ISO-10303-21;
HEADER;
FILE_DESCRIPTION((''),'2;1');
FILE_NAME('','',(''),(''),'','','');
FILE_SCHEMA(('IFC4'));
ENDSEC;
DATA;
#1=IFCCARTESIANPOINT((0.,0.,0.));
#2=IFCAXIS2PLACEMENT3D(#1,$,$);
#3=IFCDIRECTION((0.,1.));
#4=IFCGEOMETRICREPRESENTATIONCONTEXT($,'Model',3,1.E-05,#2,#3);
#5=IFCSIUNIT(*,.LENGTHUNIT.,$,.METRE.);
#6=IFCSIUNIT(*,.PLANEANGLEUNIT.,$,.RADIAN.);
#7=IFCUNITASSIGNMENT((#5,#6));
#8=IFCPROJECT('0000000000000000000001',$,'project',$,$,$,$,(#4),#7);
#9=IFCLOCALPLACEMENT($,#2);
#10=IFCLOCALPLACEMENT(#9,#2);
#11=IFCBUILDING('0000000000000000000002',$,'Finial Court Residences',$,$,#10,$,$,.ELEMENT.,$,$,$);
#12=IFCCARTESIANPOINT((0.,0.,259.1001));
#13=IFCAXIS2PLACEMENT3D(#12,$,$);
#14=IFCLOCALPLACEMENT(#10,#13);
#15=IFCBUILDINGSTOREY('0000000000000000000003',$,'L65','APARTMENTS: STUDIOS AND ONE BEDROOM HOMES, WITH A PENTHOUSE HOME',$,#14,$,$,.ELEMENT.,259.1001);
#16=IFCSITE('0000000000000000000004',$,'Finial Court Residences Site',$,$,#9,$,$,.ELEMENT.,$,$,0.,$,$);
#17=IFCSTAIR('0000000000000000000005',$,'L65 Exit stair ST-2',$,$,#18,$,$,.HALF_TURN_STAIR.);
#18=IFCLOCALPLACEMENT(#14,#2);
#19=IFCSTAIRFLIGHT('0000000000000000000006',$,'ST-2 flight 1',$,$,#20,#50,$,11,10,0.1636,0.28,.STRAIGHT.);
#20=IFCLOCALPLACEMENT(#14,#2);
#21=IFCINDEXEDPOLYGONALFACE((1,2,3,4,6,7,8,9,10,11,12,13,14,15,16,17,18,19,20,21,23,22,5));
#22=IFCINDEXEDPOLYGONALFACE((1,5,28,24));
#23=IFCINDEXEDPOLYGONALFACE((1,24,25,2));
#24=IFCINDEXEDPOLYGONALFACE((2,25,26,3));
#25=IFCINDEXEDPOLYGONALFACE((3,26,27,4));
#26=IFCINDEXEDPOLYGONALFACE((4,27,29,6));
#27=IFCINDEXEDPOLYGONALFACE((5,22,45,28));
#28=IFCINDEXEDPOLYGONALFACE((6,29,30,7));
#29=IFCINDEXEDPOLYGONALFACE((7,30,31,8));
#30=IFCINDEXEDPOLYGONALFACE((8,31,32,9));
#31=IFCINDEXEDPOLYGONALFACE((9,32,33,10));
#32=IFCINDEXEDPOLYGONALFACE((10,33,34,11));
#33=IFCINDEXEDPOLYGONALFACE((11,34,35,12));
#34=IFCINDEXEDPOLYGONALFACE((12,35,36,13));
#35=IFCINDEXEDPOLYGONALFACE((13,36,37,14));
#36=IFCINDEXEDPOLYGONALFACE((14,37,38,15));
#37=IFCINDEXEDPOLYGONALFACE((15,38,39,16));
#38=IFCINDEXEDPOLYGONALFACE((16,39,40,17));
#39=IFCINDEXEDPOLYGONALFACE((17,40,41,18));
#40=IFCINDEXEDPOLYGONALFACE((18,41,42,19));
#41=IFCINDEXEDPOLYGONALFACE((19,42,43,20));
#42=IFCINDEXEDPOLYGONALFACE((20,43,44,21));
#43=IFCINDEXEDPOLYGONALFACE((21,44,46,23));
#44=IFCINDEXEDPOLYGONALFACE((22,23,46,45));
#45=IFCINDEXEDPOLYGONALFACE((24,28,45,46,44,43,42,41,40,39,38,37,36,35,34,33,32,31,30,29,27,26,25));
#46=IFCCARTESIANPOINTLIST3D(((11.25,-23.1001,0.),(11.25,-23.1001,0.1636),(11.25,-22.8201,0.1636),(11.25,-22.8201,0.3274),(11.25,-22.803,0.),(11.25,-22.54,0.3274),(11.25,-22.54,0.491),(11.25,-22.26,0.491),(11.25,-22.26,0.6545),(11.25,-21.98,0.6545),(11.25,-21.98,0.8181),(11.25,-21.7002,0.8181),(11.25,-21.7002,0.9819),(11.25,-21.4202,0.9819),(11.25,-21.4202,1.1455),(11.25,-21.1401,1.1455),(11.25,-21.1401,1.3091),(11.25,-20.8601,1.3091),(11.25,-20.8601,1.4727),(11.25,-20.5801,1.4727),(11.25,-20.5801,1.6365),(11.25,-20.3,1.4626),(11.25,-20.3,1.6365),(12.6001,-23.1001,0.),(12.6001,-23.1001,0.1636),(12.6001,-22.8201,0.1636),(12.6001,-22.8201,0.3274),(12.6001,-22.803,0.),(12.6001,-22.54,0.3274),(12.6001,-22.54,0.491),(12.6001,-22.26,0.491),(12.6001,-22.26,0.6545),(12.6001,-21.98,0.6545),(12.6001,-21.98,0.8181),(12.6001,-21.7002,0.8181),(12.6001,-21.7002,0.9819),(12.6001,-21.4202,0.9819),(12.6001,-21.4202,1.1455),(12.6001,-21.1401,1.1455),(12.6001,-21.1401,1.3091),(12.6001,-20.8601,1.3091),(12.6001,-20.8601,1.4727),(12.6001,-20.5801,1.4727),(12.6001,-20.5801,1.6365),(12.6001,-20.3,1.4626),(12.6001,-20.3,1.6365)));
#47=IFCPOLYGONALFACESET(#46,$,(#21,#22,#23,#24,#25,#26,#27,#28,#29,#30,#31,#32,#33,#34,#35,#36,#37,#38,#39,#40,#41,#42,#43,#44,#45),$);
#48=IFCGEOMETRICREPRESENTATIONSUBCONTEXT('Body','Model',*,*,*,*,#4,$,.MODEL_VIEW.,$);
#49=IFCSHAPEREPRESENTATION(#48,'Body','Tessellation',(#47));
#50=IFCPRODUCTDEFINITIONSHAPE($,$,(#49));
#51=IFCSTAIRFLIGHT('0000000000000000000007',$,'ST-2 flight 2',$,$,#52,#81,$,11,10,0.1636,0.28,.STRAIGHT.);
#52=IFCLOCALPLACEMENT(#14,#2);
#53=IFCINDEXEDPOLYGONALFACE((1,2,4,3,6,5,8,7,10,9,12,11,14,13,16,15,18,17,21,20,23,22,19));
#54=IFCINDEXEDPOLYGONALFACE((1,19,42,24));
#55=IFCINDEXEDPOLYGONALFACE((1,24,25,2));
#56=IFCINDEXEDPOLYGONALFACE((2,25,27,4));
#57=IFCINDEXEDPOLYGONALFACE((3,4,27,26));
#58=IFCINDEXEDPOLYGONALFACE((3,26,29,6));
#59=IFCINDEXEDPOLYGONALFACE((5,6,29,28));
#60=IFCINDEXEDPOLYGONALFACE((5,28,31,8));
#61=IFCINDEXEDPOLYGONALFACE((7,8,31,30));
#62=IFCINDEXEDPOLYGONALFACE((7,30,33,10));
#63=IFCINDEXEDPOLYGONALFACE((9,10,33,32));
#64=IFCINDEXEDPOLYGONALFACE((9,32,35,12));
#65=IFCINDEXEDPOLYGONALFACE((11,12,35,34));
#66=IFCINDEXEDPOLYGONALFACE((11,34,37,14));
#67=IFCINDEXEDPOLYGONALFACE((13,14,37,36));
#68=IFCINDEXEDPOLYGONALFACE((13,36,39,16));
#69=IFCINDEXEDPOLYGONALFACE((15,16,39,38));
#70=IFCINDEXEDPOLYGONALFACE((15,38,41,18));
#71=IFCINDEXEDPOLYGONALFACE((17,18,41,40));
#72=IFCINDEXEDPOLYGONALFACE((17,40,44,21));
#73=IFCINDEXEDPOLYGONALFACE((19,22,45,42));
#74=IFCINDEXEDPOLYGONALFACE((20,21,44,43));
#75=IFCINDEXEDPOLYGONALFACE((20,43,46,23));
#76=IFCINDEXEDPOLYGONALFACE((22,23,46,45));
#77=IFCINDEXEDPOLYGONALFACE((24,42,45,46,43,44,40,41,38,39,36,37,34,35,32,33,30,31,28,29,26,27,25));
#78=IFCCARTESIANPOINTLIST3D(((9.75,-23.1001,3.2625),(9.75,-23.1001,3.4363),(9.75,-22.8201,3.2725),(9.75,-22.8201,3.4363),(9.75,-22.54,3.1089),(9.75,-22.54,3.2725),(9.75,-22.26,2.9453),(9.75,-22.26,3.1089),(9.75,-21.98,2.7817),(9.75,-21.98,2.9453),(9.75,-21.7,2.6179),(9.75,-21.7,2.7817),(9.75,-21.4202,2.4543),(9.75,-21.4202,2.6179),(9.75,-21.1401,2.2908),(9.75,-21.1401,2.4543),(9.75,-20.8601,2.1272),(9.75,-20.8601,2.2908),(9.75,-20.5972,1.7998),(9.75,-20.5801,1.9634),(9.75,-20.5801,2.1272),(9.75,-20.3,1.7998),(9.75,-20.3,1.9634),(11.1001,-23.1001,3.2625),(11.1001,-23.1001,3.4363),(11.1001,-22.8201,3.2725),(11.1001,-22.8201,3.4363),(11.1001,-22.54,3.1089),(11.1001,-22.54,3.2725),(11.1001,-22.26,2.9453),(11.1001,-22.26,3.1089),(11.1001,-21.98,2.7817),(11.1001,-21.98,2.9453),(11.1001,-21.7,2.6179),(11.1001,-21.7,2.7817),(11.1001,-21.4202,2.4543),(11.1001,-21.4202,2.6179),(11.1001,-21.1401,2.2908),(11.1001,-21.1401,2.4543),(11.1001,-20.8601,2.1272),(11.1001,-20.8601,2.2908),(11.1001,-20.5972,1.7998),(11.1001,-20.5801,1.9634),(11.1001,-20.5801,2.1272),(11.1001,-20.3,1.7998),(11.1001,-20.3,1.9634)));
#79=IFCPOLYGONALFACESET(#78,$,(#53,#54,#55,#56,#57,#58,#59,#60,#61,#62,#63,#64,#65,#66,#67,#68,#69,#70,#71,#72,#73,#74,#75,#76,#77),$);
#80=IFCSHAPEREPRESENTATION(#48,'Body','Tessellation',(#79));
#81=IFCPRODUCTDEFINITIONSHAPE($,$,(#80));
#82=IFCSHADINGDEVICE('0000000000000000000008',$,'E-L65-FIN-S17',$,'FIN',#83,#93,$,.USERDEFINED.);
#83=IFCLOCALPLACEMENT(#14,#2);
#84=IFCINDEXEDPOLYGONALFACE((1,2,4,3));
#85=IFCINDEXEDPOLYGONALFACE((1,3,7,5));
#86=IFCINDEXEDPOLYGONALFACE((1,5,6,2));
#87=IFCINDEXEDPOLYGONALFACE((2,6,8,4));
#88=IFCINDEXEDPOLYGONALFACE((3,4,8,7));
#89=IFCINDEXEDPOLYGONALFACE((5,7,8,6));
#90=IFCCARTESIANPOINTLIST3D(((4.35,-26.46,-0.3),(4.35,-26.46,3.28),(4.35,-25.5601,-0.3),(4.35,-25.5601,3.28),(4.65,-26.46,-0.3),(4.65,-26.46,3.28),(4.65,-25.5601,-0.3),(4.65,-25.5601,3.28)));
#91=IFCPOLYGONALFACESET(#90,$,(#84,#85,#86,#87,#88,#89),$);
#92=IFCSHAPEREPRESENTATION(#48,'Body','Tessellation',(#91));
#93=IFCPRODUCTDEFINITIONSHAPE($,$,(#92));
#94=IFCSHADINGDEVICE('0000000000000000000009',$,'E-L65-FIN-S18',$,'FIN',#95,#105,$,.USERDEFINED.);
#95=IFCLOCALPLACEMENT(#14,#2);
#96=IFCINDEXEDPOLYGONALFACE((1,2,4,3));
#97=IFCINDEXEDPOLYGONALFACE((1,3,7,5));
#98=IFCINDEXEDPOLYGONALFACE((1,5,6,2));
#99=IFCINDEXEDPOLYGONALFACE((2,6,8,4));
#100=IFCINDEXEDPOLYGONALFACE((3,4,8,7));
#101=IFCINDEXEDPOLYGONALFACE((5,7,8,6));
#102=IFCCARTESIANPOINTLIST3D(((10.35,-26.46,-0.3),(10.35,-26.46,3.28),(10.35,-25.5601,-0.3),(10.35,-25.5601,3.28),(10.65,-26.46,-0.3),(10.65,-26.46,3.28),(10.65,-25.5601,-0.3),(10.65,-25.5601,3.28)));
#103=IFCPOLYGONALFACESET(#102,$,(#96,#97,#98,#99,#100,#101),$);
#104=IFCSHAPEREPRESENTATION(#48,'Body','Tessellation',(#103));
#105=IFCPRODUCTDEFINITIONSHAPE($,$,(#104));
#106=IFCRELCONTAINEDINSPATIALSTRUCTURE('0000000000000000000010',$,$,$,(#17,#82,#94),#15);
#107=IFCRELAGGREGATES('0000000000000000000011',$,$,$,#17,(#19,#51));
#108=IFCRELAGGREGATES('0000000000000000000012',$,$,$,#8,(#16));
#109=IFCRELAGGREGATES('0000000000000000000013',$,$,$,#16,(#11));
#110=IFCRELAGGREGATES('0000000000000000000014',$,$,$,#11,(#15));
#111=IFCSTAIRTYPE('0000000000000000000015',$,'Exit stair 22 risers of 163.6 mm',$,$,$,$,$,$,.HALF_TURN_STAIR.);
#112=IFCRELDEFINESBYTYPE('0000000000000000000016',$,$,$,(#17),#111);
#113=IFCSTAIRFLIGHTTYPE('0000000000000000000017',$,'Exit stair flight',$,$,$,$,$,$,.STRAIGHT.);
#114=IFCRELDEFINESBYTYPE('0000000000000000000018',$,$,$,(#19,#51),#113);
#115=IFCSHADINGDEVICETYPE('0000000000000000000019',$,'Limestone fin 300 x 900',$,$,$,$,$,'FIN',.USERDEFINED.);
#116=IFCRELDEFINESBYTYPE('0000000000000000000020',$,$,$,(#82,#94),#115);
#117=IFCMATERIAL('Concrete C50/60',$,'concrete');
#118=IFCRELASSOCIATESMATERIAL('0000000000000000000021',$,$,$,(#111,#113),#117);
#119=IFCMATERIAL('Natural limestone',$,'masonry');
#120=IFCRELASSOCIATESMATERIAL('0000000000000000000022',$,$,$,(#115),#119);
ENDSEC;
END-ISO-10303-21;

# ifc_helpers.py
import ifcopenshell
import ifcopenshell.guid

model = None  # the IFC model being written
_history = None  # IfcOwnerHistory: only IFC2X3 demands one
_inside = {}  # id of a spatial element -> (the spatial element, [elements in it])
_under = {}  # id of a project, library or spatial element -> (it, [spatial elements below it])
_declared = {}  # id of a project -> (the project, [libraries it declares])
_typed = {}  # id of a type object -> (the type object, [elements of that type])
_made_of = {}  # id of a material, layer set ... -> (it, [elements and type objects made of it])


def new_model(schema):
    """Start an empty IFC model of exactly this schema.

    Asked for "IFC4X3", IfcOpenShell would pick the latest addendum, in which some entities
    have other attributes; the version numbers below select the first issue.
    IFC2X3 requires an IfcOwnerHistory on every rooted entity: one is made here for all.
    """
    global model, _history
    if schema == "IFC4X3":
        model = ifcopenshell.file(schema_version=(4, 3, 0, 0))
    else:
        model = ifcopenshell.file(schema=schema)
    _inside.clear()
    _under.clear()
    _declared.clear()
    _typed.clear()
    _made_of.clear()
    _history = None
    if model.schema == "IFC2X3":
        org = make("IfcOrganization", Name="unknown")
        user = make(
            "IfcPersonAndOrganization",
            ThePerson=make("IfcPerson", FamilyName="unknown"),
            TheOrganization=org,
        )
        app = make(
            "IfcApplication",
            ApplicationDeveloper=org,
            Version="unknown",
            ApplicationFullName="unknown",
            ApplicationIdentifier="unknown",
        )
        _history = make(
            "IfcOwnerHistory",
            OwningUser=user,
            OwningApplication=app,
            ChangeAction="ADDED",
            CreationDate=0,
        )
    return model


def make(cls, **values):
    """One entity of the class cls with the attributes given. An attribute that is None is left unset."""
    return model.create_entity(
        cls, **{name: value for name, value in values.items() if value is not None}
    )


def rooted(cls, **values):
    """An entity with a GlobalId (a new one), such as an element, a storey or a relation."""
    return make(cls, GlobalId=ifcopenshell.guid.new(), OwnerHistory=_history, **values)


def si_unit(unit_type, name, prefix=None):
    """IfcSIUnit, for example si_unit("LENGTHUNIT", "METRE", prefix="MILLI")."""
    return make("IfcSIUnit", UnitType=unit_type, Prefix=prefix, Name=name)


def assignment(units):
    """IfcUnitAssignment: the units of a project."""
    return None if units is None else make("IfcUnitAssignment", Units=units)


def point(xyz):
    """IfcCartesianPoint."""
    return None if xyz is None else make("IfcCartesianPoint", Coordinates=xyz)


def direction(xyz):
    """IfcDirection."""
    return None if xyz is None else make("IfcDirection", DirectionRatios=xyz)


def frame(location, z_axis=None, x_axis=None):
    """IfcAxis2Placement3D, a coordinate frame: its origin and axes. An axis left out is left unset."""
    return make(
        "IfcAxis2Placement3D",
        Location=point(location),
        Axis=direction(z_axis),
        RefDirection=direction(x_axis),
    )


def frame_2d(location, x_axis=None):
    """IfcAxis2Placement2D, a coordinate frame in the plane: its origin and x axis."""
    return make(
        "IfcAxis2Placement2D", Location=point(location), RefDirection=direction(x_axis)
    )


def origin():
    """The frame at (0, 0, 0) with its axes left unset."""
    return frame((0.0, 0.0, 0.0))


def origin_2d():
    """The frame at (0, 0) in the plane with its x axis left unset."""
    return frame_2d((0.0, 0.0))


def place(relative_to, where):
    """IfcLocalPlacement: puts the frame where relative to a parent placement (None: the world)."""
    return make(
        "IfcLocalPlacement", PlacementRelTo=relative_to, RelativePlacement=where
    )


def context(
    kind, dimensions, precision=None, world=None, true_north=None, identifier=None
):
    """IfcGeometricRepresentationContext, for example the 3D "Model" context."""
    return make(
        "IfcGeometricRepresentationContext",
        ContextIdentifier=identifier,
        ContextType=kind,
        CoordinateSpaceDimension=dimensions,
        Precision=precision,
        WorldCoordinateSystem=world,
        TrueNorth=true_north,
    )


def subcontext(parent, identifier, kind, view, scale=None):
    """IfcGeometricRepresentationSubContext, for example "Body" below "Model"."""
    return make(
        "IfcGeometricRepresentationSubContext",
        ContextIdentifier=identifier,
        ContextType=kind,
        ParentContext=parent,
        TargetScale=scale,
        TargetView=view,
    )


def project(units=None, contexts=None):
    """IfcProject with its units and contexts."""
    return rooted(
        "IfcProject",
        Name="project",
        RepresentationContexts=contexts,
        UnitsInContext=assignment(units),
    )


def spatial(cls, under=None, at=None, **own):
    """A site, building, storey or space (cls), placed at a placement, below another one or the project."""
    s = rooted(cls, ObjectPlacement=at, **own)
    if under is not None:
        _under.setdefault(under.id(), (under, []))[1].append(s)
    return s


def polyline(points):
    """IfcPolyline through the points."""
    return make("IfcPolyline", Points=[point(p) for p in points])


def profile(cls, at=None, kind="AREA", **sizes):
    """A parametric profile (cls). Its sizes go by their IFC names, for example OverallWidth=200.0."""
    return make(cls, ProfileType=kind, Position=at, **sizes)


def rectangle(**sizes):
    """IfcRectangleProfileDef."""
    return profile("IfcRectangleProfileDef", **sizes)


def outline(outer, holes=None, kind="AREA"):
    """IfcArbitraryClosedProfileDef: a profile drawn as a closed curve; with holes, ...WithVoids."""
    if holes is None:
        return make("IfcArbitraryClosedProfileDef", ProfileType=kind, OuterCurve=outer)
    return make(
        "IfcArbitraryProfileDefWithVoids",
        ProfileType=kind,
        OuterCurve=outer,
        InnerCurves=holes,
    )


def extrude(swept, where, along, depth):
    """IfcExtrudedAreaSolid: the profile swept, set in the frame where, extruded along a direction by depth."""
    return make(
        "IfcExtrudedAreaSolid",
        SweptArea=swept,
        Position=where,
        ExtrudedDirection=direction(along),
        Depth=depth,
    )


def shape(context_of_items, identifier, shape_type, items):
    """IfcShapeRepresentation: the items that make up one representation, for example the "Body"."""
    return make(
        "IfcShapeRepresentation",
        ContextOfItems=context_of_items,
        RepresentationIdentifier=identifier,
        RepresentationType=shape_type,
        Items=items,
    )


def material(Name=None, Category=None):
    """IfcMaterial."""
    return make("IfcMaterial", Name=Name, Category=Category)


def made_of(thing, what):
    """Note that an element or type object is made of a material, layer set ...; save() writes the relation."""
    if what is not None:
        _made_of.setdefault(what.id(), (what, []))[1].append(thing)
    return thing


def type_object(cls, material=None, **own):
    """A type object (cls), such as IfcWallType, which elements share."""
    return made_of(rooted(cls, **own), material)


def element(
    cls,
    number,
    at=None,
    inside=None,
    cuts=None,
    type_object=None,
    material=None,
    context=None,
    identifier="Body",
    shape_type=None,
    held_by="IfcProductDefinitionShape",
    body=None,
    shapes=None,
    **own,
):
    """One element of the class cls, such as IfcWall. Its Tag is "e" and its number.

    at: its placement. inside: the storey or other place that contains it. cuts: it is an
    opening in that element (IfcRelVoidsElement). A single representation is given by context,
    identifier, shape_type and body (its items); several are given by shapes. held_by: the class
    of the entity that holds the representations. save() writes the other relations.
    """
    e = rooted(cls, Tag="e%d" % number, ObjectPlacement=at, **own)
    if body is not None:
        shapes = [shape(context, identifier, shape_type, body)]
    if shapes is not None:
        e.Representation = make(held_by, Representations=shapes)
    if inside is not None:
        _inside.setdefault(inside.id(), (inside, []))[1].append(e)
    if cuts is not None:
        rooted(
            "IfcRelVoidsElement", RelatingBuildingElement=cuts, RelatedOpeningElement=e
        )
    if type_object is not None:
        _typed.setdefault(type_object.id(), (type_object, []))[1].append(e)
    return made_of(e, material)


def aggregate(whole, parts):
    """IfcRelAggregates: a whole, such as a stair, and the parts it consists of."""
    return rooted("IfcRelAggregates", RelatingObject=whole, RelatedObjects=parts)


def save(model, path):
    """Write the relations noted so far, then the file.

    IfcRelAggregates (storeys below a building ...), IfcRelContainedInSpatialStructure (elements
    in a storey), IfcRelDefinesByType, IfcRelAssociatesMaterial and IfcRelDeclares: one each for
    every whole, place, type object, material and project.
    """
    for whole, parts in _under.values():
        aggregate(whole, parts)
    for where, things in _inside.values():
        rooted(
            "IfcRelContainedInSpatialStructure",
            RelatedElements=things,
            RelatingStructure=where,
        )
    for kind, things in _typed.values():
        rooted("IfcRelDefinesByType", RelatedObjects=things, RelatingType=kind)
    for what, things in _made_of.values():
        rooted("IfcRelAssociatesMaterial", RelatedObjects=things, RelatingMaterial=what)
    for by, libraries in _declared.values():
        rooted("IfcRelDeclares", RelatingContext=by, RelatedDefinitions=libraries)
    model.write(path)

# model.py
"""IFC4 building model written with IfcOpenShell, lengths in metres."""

from ifc_helpers import new_model, si_unit, direction, frame, origin, origin_2d, place, context, subcontext, project, spatial, polyline, rectangle, outline, extrude, material, type_object, element, aggregate, save


model = new_model("IFC4")

# Units and contexts
model_context = context("Model", 3, precision=1e-05, world=origin(), true_north=direction((0.0, 1.0)))
body_context = subcontext(model_context, "Body", "Model", "MODEL_VIEW")
ifc_project = project(units=[si_unit("LENGTHUNIT", "METRE"), si_unit("PLANEANGLEUNIT", "RADIAN")], contexts=[model_context])

# Site, building, storey
site_placement = place(None, origin())
site = spatial("IfcSite", under=ifc_project, at=site_placement, Name="Finial Court Residences Site", CompositionType="ELEMENT", RefElevation=0.0)
building_placement = place(site_placement, origin())
building = spatial("IfcBuilding", under=site, at=building_placement, Name="Finial Court Residences", CompositionType="ELEMENT")
storey_placement = place(building_placement, frame((0.0, 0.0, 259.1001)))
storey = spatial("IfcBuildingStorey", under=building, at=storey_placement, Name="L65", Description="APARTMENTS: STUDIOS AND ONE BEDROOM HOMES, WITH A PENTHOUSE HOME", CompositionType="ELEMENT", Elevation=259.1001)

# Shared definitions
ifc_material_1 = material(Name="Concrete C50/60", Category="concrete")

# Stair, stair flights
stair_type = type_object("IfcStairType", Name="Exit stair 22 risers of 163.6 mm", PredefinedType="HALF_TURN_STAIR", material=ifc_material_1)
stair_placement = place(storey_placement, origin())
stair = element("IfcStair", 1, at=stair_placement, inside=storey, type_object=stair_type, Name="L65 Exit stair ST-2", PredefinedType="HALF_TURN_STAIR")
stair_flight_type = type_object("IfcStairFlightType", Name="Exit stair flight", PredefinedType="STRAIGHT", material=ifc_material_1)
stair_flight_1_placement = place(storey_placement, frame((11.925, -23.1001, 0.0), z_axis=(0.0, 0.0, 1.0), x_axis=(0.0, 1.0, 0.0)))
stair_flight_1 = element("IfcStairFlight", 2, at=stair_flight_1_placement, type_object=stair_flight_type, Name="ST-2 flight 1", NumberOfRisers=11, NumberOfTreads=10, PredefinedType="STRAIGHT", RiserHeight=0.1636, TreadLength=0.28, context=body_context, shape_type="SweptSolid", body=[
    extrude(outline(polyline([(0.0, 0.0), (0.0, 0.1636), (0.28, 0.1636), (0.28, 0.3274), (0.5601, 0.3274), (0.5601, 0.491), (0.8401, 0.491), (0.8401, 0.6545), (1.1201, 0.6545), (1.1201, 0.8181), (1.3999, 0.8181), (1.3999, 0.9819), (1.6799, 0.9819), (1.6799, 1.1455), (1.96, 1.1455), (1.96, 1.3091), (2.24, 1.3091), (2.24, 1.4727), (2.52, 1.4727), (2.52, 1.6365), (2.8, 1.6365), (2.8, 1.8), (2.8, 1.4626), (0.2971, 0.0), (0.0, 0.0)])), frame((0.0, 0.675, 0.0), z_axis=(0.0, -1.0, 0.0), x_axis=(1.0, 0.0, 0.0)), (0.0, 0.0, 1.0), 1.3501),
])
stair_flight_2_placement = place(storey_placement, frame((10.425, -20.3, 1.7998), z_axis=(0.0, 0.0, 1.0), x_axis=(0.0, -1.0, 0.0)))
stair_flight_2 = element("IfcStairFlight", 3, at=stair_flight_2_placement, type_object=stair_flight_type, Name="ST-2 flight 2", NumberOfRisers=11, NumberOfTreads=10, PredefinedType="STRAIGHT", RiserHeight=0.1636, TreadLength=0.28, context=body_context, shape_type="SweptSolid", body=[
    extrude(outline(polyline([(0.0, 0.0), (0.0, 0.1636), (0.28, 0.1636), (0.28, 0.3274), (0.5601, 0.3274), (0.5601, 0.491), (0.8401, 0.491), (0.8401, 0.6545), (1.1201, 0.6545), (1.1201, 0.8181), (1.3999, 0.8181), (1.3999, 0.9819), (1.6799, 0.9819), (1.6799, 1.1455), (1.96, 1.1455), (1.96, 1.3091), (2.24, 1.3091), (2.24, 1.4727), (2.52, 1.4727), (2.52, 1.6365), (2.8, 1.6365), (2.8, 1.8), (2.8, 1.4626), (0.2971, 0.0), (0.0, 0.0)])), frame((0.0, 0.675, 0.0), z_axis=(0.0, -1.0, 0.0), x_axis=(1.0, 0.0, 0.0)), (0.0, 0.0, 1.0), 1.3501),
])
aggregate(stair, [stair_flight_1, stair_flight_2])

# Shading devices
ifc_material_2 = material(Name="Natural limestone", Category="masonry")
shading_device_type = type_object("IfcShadingDeviceType", Name="Limestone fin 300 x 900", ElementType="FIN", PredefinedType="USERDEFINED", material=ifc_material_2)
for number, where, z_axis, x_axis, name in (
    (4, (4.5, -26.01, -0.3), (0.0, 0.0, 1.0), (1.0, 0.0, 0.0), "E-L65-FIN-S17"),
    (5, (10.5, -26.01, -0.3), (0.0, 0.0, 1.0), (1.0, 0.0, 0.0), "E-L65-FIN-S18"),
):
    element("IfcShadingDevice", number, at=place(storey_placement, frame(where, z_axis=z_axis, x_axis=x_axis)), inside=storey, type_object=shading_device_type, Name=name, ObjectType="FIN", PredefinedType="USERDEFINED", context=body_context, shape_type="SweptSolid", body=[
        extrude(rectangle(XDim=0.3, YDim=0.8999, at=origin_2d()), origin(), (0.0, 0.0, 1.0), 3.5801),
    ])

save(model, "model.ifc")
